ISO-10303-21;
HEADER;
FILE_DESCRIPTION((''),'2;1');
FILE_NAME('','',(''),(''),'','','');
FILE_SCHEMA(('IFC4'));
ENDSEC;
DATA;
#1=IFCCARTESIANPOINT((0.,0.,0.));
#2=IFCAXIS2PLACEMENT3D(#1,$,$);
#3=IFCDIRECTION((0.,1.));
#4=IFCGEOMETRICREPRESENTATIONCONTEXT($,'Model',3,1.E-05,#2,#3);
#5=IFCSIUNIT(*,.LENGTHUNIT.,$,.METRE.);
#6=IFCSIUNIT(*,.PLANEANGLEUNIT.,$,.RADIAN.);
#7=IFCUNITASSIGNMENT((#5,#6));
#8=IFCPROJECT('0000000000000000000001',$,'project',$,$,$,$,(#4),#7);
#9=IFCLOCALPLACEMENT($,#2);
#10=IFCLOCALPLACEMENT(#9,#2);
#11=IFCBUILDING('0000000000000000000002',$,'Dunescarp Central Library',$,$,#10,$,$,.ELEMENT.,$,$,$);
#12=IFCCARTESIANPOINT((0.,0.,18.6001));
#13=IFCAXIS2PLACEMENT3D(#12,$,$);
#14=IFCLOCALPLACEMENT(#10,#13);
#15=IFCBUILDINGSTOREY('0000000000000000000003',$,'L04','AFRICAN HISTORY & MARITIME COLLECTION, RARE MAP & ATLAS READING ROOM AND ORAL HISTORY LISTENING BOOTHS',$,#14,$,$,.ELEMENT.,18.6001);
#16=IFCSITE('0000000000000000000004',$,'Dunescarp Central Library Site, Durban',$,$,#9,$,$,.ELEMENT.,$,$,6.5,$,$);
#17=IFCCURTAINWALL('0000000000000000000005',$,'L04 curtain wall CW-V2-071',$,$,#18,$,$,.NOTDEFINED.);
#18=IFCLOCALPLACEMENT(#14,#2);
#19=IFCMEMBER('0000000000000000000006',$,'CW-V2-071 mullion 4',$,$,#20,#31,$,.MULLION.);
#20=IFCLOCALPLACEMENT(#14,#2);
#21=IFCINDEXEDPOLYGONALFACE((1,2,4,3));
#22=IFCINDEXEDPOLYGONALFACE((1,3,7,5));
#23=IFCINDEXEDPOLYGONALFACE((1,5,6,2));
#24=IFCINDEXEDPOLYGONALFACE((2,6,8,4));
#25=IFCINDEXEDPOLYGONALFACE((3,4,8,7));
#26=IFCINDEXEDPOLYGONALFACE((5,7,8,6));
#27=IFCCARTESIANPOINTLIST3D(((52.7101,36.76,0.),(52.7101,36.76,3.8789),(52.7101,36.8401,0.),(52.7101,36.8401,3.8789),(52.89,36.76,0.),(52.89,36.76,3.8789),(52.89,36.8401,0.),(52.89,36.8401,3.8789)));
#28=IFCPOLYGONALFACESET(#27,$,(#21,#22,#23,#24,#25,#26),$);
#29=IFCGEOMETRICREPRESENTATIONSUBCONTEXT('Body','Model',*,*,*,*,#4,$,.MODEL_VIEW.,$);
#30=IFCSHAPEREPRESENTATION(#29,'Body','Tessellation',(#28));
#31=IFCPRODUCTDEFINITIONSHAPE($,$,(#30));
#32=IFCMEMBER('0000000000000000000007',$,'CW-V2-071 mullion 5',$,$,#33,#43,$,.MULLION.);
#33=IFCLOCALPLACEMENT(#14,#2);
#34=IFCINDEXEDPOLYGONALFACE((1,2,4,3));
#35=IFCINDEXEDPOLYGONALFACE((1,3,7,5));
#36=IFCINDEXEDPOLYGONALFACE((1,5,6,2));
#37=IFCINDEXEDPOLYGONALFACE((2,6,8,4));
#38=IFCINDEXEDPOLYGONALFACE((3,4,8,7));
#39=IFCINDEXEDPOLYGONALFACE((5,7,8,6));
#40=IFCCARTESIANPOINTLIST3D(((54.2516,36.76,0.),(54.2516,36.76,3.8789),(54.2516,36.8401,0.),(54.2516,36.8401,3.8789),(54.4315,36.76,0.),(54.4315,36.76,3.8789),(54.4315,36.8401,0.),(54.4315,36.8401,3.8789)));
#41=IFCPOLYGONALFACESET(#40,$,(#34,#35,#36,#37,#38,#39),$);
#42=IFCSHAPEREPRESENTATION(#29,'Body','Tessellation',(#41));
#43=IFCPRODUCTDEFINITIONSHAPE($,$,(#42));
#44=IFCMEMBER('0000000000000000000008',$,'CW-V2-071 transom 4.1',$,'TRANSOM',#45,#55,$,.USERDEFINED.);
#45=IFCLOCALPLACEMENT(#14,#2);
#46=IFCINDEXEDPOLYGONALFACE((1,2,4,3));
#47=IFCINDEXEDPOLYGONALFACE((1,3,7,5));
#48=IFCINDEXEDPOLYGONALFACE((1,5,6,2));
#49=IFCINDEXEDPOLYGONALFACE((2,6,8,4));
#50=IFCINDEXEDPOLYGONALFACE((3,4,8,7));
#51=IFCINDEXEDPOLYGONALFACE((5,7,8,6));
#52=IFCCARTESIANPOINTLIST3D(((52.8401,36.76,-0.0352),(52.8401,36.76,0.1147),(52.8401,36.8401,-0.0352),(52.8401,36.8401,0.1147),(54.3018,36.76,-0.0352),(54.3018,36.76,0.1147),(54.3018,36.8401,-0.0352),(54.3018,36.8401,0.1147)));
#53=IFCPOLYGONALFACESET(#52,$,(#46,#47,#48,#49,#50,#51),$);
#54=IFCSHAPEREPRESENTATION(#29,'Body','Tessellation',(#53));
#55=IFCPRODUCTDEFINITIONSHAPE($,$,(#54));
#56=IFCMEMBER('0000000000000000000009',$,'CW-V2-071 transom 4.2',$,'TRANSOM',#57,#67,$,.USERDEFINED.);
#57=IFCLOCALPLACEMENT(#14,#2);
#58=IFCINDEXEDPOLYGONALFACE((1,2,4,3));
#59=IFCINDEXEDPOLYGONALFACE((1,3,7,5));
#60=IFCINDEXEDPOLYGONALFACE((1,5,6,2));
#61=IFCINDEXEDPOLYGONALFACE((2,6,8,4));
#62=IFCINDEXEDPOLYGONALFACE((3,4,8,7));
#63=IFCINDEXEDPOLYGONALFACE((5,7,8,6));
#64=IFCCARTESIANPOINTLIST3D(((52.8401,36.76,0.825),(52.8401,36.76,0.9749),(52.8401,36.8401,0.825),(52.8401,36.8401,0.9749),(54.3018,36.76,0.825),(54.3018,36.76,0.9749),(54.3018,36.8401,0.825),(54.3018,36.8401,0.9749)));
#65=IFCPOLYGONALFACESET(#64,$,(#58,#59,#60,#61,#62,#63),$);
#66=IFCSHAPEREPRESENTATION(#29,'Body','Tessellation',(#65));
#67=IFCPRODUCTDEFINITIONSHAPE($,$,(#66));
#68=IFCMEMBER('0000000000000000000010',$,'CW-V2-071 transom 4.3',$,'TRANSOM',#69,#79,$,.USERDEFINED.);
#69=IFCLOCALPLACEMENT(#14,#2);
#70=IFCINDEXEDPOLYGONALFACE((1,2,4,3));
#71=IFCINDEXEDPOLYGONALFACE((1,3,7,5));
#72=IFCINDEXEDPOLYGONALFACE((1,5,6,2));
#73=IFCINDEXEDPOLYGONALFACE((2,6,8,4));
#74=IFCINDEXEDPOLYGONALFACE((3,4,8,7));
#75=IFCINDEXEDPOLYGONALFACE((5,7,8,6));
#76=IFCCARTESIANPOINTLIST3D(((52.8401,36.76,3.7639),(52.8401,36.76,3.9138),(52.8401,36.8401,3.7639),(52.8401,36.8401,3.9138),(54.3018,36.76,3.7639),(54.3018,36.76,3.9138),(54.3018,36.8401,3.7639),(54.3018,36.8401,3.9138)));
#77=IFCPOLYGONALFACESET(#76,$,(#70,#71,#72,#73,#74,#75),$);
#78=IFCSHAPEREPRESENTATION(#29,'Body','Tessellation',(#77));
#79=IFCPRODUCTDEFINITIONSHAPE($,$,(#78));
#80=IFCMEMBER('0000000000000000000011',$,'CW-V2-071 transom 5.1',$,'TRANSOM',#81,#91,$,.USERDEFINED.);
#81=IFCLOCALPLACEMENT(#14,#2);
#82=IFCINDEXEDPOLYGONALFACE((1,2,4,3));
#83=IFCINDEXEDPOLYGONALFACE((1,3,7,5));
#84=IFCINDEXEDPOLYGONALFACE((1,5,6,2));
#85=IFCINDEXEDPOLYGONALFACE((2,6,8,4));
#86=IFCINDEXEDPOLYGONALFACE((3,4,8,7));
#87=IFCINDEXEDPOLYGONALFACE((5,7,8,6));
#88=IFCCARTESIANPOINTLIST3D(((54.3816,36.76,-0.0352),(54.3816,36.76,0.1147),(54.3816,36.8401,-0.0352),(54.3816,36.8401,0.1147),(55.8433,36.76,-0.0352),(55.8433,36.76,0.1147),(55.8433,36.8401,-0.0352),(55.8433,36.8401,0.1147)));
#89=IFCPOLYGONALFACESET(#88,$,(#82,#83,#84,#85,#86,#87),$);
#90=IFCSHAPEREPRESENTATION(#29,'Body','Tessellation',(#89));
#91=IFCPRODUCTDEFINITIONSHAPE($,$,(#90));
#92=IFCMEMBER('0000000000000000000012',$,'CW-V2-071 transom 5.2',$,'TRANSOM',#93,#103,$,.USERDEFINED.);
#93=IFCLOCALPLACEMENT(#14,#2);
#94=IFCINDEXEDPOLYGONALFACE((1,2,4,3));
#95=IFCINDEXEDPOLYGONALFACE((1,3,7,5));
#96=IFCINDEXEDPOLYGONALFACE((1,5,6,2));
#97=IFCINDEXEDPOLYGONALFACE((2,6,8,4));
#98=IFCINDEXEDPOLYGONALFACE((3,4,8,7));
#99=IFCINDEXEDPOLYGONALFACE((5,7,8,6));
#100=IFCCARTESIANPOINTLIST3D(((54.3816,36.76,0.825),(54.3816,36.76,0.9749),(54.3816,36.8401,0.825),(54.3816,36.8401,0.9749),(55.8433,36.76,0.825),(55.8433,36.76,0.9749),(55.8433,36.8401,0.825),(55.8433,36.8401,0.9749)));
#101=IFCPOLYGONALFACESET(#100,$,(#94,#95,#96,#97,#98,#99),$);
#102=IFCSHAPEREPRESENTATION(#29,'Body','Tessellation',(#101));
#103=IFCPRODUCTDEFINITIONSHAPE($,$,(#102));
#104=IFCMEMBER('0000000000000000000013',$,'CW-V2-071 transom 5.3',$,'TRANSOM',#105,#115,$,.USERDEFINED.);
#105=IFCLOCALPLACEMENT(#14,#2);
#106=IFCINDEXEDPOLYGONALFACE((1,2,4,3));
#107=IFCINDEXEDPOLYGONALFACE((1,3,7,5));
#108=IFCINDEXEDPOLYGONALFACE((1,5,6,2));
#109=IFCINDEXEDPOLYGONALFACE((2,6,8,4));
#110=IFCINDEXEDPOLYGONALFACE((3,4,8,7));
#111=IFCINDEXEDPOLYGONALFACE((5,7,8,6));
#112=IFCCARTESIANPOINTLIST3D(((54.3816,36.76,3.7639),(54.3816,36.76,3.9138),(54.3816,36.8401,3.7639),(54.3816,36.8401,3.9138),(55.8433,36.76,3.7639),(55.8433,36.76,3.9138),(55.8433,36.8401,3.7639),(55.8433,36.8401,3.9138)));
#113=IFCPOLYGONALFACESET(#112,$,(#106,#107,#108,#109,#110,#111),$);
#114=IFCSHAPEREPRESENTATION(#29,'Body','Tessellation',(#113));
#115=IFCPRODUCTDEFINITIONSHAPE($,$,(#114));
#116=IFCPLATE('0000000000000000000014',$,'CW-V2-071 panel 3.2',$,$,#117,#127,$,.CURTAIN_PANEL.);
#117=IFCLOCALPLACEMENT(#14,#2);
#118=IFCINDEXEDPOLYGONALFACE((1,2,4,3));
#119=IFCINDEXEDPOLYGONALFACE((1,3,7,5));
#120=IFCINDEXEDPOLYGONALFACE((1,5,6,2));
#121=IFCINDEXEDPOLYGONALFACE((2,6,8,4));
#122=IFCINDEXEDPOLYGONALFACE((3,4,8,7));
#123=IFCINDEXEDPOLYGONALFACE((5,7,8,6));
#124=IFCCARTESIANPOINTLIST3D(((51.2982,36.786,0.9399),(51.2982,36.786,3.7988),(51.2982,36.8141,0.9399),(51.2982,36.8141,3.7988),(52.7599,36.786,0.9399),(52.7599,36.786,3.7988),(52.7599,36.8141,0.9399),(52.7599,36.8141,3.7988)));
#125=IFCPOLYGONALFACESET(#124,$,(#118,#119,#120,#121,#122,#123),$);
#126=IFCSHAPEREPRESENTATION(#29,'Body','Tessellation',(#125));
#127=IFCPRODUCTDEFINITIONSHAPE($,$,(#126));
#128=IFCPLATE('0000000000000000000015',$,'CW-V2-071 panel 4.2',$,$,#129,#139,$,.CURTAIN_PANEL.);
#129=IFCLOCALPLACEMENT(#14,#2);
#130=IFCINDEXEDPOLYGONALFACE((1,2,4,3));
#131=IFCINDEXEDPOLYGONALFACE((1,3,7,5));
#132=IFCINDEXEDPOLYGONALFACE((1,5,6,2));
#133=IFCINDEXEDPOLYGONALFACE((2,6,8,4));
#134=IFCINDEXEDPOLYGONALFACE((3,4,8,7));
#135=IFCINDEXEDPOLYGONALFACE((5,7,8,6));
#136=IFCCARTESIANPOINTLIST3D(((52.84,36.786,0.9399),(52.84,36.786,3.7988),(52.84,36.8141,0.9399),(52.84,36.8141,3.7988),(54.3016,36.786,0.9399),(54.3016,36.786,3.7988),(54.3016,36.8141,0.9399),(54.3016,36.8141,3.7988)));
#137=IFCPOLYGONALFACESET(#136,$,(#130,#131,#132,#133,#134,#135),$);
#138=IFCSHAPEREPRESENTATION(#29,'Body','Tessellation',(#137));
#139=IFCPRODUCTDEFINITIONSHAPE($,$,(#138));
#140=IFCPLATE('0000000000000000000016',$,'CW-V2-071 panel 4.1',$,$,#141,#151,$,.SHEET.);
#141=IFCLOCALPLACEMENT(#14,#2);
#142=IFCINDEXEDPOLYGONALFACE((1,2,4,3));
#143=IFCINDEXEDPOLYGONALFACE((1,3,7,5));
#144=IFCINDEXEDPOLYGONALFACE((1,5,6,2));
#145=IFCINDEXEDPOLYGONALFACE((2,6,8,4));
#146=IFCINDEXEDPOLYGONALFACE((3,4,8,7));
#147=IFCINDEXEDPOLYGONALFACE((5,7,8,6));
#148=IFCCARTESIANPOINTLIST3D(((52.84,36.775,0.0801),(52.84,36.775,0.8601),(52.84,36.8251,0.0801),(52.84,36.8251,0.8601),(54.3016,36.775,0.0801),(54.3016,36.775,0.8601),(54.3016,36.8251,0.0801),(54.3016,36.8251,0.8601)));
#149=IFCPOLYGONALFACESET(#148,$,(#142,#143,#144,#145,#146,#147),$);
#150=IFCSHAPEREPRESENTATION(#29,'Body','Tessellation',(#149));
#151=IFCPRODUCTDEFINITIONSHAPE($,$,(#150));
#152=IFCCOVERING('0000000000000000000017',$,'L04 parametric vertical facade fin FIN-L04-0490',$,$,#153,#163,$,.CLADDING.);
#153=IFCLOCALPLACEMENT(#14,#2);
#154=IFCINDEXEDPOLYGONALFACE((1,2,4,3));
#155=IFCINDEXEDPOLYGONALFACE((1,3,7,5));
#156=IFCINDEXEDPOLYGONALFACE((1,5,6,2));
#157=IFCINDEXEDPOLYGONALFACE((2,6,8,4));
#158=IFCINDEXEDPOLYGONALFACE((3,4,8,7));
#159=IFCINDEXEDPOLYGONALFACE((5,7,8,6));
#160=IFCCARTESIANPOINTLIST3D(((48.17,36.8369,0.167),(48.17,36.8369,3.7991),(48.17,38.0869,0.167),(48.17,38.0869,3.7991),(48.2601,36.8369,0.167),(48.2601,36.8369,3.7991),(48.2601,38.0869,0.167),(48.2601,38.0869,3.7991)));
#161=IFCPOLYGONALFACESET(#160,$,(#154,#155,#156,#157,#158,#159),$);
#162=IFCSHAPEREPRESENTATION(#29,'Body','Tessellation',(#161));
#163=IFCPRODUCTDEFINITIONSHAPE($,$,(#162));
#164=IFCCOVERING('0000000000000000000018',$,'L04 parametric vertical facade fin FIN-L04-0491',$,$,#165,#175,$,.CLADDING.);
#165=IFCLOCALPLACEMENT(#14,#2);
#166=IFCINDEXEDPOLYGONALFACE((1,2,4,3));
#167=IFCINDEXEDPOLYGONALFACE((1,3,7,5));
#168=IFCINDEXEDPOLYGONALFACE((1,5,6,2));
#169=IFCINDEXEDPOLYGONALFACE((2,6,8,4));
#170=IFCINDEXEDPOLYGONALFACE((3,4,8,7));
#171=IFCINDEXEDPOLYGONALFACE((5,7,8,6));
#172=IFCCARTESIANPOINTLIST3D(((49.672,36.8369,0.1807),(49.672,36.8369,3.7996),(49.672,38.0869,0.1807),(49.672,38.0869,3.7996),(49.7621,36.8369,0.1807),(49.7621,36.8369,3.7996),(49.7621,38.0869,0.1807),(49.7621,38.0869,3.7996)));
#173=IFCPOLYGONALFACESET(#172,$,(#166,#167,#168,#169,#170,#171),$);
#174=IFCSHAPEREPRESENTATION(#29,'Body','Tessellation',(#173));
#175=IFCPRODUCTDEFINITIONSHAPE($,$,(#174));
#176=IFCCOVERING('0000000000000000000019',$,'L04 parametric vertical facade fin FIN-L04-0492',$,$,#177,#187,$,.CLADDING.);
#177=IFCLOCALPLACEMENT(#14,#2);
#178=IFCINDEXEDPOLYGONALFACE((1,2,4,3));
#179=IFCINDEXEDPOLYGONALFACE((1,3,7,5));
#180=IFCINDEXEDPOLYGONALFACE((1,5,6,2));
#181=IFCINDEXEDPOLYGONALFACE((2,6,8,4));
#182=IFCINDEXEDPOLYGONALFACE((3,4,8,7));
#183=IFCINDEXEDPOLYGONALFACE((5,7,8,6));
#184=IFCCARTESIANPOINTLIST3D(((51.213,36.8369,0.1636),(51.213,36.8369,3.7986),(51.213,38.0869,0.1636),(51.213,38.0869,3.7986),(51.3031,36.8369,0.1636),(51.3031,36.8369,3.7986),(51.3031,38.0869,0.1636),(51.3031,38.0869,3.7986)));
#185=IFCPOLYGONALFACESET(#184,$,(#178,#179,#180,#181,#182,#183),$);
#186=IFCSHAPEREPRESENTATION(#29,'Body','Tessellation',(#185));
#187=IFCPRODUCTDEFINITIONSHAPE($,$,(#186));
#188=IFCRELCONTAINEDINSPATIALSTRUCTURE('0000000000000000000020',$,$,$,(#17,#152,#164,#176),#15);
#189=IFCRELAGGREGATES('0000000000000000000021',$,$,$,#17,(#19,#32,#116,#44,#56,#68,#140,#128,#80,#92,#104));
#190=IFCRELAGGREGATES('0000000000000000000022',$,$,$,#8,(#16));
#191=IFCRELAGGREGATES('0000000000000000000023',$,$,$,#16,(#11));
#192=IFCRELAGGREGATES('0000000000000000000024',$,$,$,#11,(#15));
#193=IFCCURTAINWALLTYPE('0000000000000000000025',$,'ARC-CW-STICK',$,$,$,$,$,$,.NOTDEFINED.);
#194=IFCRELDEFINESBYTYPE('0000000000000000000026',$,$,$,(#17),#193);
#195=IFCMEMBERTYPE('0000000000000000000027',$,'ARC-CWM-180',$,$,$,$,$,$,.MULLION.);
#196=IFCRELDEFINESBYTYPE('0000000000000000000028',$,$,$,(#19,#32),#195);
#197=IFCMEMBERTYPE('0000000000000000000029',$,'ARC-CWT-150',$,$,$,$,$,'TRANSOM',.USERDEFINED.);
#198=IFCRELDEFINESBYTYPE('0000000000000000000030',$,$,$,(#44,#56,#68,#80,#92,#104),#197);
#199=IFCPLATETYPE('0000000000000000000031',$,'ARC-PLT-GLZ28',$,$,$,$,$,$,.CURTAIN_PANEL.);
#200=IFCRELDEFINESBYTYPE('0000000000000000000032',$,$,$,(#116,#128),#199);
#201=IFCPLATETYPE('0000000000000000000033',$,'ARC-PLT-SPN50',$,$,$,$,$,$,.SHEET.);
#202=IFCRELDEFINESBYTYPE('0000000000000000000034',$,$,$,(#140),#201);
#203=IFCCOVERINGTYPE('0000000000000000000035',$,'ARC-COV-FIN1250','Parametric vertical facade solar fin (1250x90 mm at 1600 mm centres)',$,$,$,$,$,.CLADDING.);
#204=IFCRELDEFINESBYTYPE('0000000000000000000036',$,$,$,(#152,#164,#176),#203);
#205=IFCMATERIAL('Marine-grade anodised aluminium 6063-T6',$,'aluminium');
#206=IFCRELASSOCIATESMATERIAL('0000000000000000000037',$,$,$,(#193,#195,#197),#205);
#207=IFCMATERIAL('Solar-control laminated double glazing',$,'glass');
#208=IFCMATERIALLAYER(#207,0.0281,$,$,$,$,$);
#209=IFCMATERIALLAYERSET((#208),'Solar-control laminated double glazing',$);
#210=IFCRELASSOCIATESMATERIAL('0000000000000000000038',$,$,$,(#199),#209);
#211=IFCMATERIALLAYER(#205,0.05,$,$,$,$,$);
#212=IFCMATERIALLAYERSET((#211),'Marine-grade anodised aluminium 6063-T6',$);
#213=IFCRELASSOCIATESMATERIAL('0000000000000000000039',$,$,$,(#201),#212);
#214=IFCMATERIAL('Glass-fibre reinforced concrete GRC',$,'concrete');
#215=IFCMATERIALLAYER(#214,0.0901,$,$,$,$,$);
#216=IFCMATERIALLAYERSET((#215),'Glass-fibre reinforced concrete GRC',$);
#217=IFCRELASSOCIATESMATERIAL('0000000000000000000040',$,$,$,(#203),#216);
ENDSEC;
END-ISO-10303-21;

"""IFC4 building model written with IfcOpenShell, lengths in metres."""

from ifc_helpers import new_model, si_unit, direction, frame, origin, origin_2d, place, context, subcontext, project, spatial, rectangle, extrude, material, layer, layer_set, material_profile, profile_set, type_object, element, aggregate, save


model = new_model("IFC4")

# Units and contexts
model_context = context("Model", 3, precision=1e-05, world=origin(), true_north=direction((0.0, 1.0)))
body_context = subcontext(model_context, "Body", "Model", "MODEL_VIEW")
ifc_project = project(units=[si_unit("LENGTHUNIT", "METRE"), si_unit("PLANEANGLEUNIT", "RADIAN")], contexts=[model_context])

# Site, building, storey
site_placement = place(None, origin())
site = spatial("IfcSite", under=ifc_project, at=site_placement, Name="Dunescarp Central Library Site, Durban", CompositionType="ELEMENT", RefElevation=6.5)
building_placement = place(site_placement, origin())
building = spatial("IfcBuilding", under=site, at=building_placement, Name="Dunescarp Central Library", CompositionType="ELEMENT")
storey_placement = place(building_placement, frame((0.0, 0.0, 18.6001)))
storey = spatial("IfcBuildingStorey", under=building, at=storey_placement, Name="L04", Description="AFRICAN HISTORY & MARITIME COLLECTION, RARE MAP & ATLAS READING ROOM AND ORAL HISTORY LISTENING BOOTHS", CompositionType="ELEMENT", Elevation=18.6001)

# Curtain wall, members, plates
ifc_material_1 = material(Name="Marine-grade anodised aluminium 6063-T6", Category="aluminium")
curtain_wall_type = type_object("IfcCurtainWallType", Name="ARC-CW-STICK", PredefinedType="NOTDEFINED", material=ifc_material_1)
curtain_wall_placement = place(storey_placement, origin())
curtain_wall = element("IfcCurtainWall", 1, at=curtain_wall_placement, inside=storey, type_object=curtain_wall_type, Name="L04 curtain wall CW-V2-071", PredefinedType="NOTDEFINED")
ifc_material_profile_1 = material_profile(ifc_material_1, rectangle(XDim=0.0801, YDim=0.1799, at=origin_2d()), Name="AL 80x180")
ifc_profile_set_1 = profile_set([ifc_material_profile_1], Name="Marine-grade anodised aluminium 6063-T6")
member_type_1 = type_object("IfcMemberType", Name="ARC-CWM-180", PredefinedType="MULLION", material=ifc_profile_set_1)
member_1_placement = place(storey_placement, frame((52.8, 36.8, 0.0), z_axis=(0.0, 0.0, 1.0), x_axis=(0.0, 1.0, 0.0)))
member_1 = element("IfcMember", 2, at=member_1_placement, type_object=member_type_1, Name="CW-V2-071 mullion 4", PredefinedType="MULLION", context=body_context, shape_type="SweptSolid", body=[
    extrude(rectangle(XDim=0.0801, YDim=0.1799, at=origin_2d()), origin(), (0.0, 0.0, 1.0), 3.8789),
])
member_2_placement = place(storey_placement, frame((54.3416, 36.8, 0.0), z_axis=(0.0, 0.0, 1.0), x_axis=(0.0, 1.0, 0.0)))
member_2 = element("IfcMember", 3, at=member_2_placement, type_object=member_type_1, Name="CW-V2-071 mullion 5", PredefinedType="MULLION", context=body_context, shape_type="SweptSolid", body=[
    extrude(rectangle(XDim=0.0801, YDim=0.1799, at=origin_2d()), origin(), (0.0, 0.0, 1.0), 3.8789),
])
ifc_material_profile_2 = material_profile(ifc_material_1, rectangle(XDim=0.0801, YDim=0.1499, at=origin_2d()), Name="AL 80x150")
ifc_profile_set_2 = profile_set([ifc_material_profile_2], Name="Marine-grade anodised aluminium 6063-T6")
member_type_2 = type_object("IfcMemberType", Name="ARC-CWT-150", ElementType="TRANSOM", PredefinedType="USERDEFINED", material=ifc_profile_set_2)
member_3_placement = place(storey_placement, frame((52.8401, 36.8, 0.0398), z_axis=(1.0, 0.0, 0.0), x_axis=(0.0, 1.0, 0.0)))
member_3 = element("IfcMember", 4, at=member_3_placement, type_object=member_type_2, Name="CW-V2-071 transom 4.1", ObjectType="TRANSOM", PredefinedType="USERDEFINED", context=body_context, shape_type="SweptSolid", body=[
    extrude(rectangle(XDim=0.0801, YDim=0.1499, at=origin_2d()), origin(), (0.0, 0.0, 1.0), 1.4617),
])
member_4_placement = place(storey_placement, frame((52.8401, 36.8, 0.8999), z_axis=(1.0, 0.0, 0.0), x_axis=(0.0, 1.0, 0.0)))
member_4 = element("IfcMember", 5, at=member_4_placement, type_object=member_type_2, Name="CW-V2-071 transom 4.2", ObjectType="TRANSOM", PredefinedType="USERDEFINED", context=body_context, shape_type="SweptSolid", body=[
    extrude(rectangle(XDim=0.0801, YDim=0.1499, at=origin_2d()), origin(), (0.0, 0.0, 1.0), 1.4617),
])
member_5_placement = place(storey_placement, frame((52.8401, 36.8, 3.8389), z_axis=(1.0, 0.0, 0.0), x_axis=(0.0, 1.0, 0.0)))
member_5 = element("IfcMember", 6, at=member_5_placement, type_object=member_type_2, Name="CW-V2-071 transom 4.3", ObjectType="TRANSOM", PredefinedType="USERDEFINED", context=body_context, shape_type="SweptSolid", body=[
    extrude(rectangle(XDim=0.0801, YDim=0.1499, at=origin_2d()), origin(), (0.0, 0.0, 1.0), 1.4617),
])
member_6_placement = place(storey_placement, frame((54.3816, 36.8, 0.0398), z_axis=(1.0, 0.0, 0.0), x_axis=(0.0, 1.0, 0.0)))
member_6 = element("IfcMember", 7, at=member_6_placement, type_object=member_type_2, Name="CW-V2-071 transom 5.1", ObjectType="TRANSOM", PredefinedType="USERDEFINED", context=body_context, shape_type="SweptSolid", body=[
    extrude(rectangle(XDim=0.0801, YDim=0.1499, at=origin_2d()), origin(), (0.0, 0.0, 1.0), 1.4617),
])
member_7_placement = place(storey_placement, frame((54.3816, 36.8, 0.8999), z_axis=(1.0, 0.0, 0.0), x_axis=(0.0, 1.0, 0.0)))
member_7 = element("IfcMember", 8, at=member_7_placement, type_object=member_type_2, Name="CW-V2-071 transom 5.2", ObjectType="TRANSOM", PredefinedType="USERDEFINED", context=body_context, shape_type="SweptSolid", body=[
    extrude(rectangle(XDim=0.0801, YDim=0.1499, at=origin_2d()), origin(), (0.0, 0.0, 1.0), 1.4617),
])
member_8_placement = place(storey_placement, frame((54.3816, 36.8, 3.8389), z_axis=(1.0, 0.0, 0.0), x_axis=(0.0, 1.0, 0.0)))
member_8 = element("IfcMember", 9, at=member_8_placement, type_object=member_type_2, Name="CW-V2-071 transom 5.3", ObjectType="TRANSOM", PredefinedType="USERDEFINED", context=body_context, shape_type="SweptSolid", body=[
    extrude(rectangle(XDim=0.0801, YDim=0.1499, at=origin_2d()), origin(), (0.0, 0.0, 1.0), 1.4617),
])
ifc_material_2 = material(Name="Solar-control laminated double glazing", Category="glass")
ifc_layer_1 = layer(ifc_material_2, 0.0281)
ifc_layer_set_1 = layer_set([ifc_layer_1], Name="Solar-control laminated double glazing")
plate_type_1 = type_object("IfcPlateType", Name="ARC-PLT-GLZ28", PredefinedType="CURTAIN_PANEL", material=ifc_layer_set_1)
plate_1_placement = place(storey_placement, frame((52.0291, 36.8, 0.9399), z_axis=(0.0, 0.0, 1.0), x_axis=(1.0, 0.0, 0.0)))
plate_1 = element("IfcPlate", 10, at=plate_1_placement, type_object=plate_type_1, Name="CW-V2-071 panel 3.2", PredefinedType="CURTAIN_PANEL", context=body_context, shape_type="SweptSolid", body=[
    extrude(rectangle(XDim=1.4617, YDim=0.0281, at=origin_2d()), origin(), (0.0, 0.0, 1.0), 2.8589),
])
plate_2_placement = place(storey_placement, frame((53.5708, 36.8, 0.9399), z_axis=(0.0, 0.0, 1.0), x_axis=(1.0, 0.0, 0.0)))
plate_2 = element("IfcPlate", 11, at=plate_2_placement, type_object=plate_type_1, Name="CW-V2-071 panel 4.2", PredefinedType="CURTAIN_PANEL", context=body_context, shape_type="SweptSolid", body=[
    extrude(rectangle(XDim=1.4617, YDim=0.0281, at=origin_2d()), origin(), (0.0, 0.0, 1.0), 2.8589),
])
ifc_layer_2 = layer(ifc_material_1, 0.05)
ifc_layer_set_2 = layer_set([ifc_layer_2], Name="Marine-grade anodised aluminium 6063-T6")
plate_type_2 = type_object("IfcPlateType", Name="ARC-PLT-SPN50", PredefinedType="SHEET", material=ifc_layer_set_2)
plate_3_placement = place(storey_placement, frame((53.5708, 36.8, 0.0801), z_axis=(0.0, 0.0, 1.0), x_axis=(1.0, 0.0, 0.0)))
plate_3 = element("IfcPlate", 12, at=plate_3_placement, type_object=plate_type_2, Name="CW-V2-071 panel 4.1", PredefinedType="SHEET", context=body_context, shape_type="SweptSolid", body=[
    extrude(rectangle(XDim=1.4617, YDim=0.05, at=origin_2d()), origin(), (0.0, 0.0, 1.0), 0.78),
])
aggregate(curtain_wall, [member_1, member_2, plate_1, member_3, member_4, member_5, plate_3, plate_2, member_6, member_7, member_8])

# Coverings
ifc_material_3 = material(Name="Glass-fibre reinforced concrete GRC", Category="concrete")
ifc_layer_3 = layer(ifc_material_3, 0.0901)
ifc_layer_set_3 = layer_set([ifc_layer_3], Name="Glass-fibre reinforced concrete GRC")
covering_type = type_object("IfcCoveringType", Name="ARC-COV-FIN1250", Description="Parametric vertical facade solar fin (1250x90 mm at 1600 mm centres)", PredefinedType="CLADDING", material=ifc_layer_set_3)
covering_1_placement = place(storey_placement, frame((48.2151, 37.4619, 0.167), z_axis=(0.0, 0.0, 1.0), x_axis=(0.0, 1.0, 0.0)))
element("IfcCovering", 13, at=covering_1_placement, inside=storey, type_object=covering_type, Name="L04 parametric vertical facade fin FIN-L04-0490", PredefinedType="CLADDING", context=body_context, shape_type="SweptSolid", body=[
    extrude(rectangle(XDim=1.25, YDim=0.0901, at=origin_2d()), origin(), (0.0, 0.0, 1.0), 3.6321),
])
covering_2_placement = place(storey_placement, frame((49.717, 37.4619, 0.1807), z_axis=(0.0, 0.0, 1.0), x_axis=(0.0, 1.0, 0.0)))
element("IfcCovering", 14, at=covering_2_placement, inside=storey, type_object=covering_type, Name="L04 parametric vertical facade fin FIN-L04-0491", PredefinedType="CLADDING", context=body_context, shape_type="SweptSolid", body=[
    extrude(rectangle(XDim=1.25, YDim=0.0901, at=origin_2d()), origin(), (0.0, 0.0, 1.0), 3.6189),
])
covering_3_placement = place(storey_placement, frame((51.2581, 37.4619, 0.1636), z_axis=(0.0, 0.0, 1.0), x_axis=(0.0, 1.0, 0.0)))
element("IfcCovering", 15, at=covering_3_placement, inside=storey, type_object=covering_type, Name="L04 parametric vertical facade fin FIN-L04-0492", PredefinedType="CLADDING", context=body_context, shape_type="SweptSolid", body=[
    extrude(rectangle(XDim=1.25, YDim=0.0901, at=origin_2d()), origin(), (0.0, 0.0, 1.0), 3.635),
])

save(model, "model.ifc")
